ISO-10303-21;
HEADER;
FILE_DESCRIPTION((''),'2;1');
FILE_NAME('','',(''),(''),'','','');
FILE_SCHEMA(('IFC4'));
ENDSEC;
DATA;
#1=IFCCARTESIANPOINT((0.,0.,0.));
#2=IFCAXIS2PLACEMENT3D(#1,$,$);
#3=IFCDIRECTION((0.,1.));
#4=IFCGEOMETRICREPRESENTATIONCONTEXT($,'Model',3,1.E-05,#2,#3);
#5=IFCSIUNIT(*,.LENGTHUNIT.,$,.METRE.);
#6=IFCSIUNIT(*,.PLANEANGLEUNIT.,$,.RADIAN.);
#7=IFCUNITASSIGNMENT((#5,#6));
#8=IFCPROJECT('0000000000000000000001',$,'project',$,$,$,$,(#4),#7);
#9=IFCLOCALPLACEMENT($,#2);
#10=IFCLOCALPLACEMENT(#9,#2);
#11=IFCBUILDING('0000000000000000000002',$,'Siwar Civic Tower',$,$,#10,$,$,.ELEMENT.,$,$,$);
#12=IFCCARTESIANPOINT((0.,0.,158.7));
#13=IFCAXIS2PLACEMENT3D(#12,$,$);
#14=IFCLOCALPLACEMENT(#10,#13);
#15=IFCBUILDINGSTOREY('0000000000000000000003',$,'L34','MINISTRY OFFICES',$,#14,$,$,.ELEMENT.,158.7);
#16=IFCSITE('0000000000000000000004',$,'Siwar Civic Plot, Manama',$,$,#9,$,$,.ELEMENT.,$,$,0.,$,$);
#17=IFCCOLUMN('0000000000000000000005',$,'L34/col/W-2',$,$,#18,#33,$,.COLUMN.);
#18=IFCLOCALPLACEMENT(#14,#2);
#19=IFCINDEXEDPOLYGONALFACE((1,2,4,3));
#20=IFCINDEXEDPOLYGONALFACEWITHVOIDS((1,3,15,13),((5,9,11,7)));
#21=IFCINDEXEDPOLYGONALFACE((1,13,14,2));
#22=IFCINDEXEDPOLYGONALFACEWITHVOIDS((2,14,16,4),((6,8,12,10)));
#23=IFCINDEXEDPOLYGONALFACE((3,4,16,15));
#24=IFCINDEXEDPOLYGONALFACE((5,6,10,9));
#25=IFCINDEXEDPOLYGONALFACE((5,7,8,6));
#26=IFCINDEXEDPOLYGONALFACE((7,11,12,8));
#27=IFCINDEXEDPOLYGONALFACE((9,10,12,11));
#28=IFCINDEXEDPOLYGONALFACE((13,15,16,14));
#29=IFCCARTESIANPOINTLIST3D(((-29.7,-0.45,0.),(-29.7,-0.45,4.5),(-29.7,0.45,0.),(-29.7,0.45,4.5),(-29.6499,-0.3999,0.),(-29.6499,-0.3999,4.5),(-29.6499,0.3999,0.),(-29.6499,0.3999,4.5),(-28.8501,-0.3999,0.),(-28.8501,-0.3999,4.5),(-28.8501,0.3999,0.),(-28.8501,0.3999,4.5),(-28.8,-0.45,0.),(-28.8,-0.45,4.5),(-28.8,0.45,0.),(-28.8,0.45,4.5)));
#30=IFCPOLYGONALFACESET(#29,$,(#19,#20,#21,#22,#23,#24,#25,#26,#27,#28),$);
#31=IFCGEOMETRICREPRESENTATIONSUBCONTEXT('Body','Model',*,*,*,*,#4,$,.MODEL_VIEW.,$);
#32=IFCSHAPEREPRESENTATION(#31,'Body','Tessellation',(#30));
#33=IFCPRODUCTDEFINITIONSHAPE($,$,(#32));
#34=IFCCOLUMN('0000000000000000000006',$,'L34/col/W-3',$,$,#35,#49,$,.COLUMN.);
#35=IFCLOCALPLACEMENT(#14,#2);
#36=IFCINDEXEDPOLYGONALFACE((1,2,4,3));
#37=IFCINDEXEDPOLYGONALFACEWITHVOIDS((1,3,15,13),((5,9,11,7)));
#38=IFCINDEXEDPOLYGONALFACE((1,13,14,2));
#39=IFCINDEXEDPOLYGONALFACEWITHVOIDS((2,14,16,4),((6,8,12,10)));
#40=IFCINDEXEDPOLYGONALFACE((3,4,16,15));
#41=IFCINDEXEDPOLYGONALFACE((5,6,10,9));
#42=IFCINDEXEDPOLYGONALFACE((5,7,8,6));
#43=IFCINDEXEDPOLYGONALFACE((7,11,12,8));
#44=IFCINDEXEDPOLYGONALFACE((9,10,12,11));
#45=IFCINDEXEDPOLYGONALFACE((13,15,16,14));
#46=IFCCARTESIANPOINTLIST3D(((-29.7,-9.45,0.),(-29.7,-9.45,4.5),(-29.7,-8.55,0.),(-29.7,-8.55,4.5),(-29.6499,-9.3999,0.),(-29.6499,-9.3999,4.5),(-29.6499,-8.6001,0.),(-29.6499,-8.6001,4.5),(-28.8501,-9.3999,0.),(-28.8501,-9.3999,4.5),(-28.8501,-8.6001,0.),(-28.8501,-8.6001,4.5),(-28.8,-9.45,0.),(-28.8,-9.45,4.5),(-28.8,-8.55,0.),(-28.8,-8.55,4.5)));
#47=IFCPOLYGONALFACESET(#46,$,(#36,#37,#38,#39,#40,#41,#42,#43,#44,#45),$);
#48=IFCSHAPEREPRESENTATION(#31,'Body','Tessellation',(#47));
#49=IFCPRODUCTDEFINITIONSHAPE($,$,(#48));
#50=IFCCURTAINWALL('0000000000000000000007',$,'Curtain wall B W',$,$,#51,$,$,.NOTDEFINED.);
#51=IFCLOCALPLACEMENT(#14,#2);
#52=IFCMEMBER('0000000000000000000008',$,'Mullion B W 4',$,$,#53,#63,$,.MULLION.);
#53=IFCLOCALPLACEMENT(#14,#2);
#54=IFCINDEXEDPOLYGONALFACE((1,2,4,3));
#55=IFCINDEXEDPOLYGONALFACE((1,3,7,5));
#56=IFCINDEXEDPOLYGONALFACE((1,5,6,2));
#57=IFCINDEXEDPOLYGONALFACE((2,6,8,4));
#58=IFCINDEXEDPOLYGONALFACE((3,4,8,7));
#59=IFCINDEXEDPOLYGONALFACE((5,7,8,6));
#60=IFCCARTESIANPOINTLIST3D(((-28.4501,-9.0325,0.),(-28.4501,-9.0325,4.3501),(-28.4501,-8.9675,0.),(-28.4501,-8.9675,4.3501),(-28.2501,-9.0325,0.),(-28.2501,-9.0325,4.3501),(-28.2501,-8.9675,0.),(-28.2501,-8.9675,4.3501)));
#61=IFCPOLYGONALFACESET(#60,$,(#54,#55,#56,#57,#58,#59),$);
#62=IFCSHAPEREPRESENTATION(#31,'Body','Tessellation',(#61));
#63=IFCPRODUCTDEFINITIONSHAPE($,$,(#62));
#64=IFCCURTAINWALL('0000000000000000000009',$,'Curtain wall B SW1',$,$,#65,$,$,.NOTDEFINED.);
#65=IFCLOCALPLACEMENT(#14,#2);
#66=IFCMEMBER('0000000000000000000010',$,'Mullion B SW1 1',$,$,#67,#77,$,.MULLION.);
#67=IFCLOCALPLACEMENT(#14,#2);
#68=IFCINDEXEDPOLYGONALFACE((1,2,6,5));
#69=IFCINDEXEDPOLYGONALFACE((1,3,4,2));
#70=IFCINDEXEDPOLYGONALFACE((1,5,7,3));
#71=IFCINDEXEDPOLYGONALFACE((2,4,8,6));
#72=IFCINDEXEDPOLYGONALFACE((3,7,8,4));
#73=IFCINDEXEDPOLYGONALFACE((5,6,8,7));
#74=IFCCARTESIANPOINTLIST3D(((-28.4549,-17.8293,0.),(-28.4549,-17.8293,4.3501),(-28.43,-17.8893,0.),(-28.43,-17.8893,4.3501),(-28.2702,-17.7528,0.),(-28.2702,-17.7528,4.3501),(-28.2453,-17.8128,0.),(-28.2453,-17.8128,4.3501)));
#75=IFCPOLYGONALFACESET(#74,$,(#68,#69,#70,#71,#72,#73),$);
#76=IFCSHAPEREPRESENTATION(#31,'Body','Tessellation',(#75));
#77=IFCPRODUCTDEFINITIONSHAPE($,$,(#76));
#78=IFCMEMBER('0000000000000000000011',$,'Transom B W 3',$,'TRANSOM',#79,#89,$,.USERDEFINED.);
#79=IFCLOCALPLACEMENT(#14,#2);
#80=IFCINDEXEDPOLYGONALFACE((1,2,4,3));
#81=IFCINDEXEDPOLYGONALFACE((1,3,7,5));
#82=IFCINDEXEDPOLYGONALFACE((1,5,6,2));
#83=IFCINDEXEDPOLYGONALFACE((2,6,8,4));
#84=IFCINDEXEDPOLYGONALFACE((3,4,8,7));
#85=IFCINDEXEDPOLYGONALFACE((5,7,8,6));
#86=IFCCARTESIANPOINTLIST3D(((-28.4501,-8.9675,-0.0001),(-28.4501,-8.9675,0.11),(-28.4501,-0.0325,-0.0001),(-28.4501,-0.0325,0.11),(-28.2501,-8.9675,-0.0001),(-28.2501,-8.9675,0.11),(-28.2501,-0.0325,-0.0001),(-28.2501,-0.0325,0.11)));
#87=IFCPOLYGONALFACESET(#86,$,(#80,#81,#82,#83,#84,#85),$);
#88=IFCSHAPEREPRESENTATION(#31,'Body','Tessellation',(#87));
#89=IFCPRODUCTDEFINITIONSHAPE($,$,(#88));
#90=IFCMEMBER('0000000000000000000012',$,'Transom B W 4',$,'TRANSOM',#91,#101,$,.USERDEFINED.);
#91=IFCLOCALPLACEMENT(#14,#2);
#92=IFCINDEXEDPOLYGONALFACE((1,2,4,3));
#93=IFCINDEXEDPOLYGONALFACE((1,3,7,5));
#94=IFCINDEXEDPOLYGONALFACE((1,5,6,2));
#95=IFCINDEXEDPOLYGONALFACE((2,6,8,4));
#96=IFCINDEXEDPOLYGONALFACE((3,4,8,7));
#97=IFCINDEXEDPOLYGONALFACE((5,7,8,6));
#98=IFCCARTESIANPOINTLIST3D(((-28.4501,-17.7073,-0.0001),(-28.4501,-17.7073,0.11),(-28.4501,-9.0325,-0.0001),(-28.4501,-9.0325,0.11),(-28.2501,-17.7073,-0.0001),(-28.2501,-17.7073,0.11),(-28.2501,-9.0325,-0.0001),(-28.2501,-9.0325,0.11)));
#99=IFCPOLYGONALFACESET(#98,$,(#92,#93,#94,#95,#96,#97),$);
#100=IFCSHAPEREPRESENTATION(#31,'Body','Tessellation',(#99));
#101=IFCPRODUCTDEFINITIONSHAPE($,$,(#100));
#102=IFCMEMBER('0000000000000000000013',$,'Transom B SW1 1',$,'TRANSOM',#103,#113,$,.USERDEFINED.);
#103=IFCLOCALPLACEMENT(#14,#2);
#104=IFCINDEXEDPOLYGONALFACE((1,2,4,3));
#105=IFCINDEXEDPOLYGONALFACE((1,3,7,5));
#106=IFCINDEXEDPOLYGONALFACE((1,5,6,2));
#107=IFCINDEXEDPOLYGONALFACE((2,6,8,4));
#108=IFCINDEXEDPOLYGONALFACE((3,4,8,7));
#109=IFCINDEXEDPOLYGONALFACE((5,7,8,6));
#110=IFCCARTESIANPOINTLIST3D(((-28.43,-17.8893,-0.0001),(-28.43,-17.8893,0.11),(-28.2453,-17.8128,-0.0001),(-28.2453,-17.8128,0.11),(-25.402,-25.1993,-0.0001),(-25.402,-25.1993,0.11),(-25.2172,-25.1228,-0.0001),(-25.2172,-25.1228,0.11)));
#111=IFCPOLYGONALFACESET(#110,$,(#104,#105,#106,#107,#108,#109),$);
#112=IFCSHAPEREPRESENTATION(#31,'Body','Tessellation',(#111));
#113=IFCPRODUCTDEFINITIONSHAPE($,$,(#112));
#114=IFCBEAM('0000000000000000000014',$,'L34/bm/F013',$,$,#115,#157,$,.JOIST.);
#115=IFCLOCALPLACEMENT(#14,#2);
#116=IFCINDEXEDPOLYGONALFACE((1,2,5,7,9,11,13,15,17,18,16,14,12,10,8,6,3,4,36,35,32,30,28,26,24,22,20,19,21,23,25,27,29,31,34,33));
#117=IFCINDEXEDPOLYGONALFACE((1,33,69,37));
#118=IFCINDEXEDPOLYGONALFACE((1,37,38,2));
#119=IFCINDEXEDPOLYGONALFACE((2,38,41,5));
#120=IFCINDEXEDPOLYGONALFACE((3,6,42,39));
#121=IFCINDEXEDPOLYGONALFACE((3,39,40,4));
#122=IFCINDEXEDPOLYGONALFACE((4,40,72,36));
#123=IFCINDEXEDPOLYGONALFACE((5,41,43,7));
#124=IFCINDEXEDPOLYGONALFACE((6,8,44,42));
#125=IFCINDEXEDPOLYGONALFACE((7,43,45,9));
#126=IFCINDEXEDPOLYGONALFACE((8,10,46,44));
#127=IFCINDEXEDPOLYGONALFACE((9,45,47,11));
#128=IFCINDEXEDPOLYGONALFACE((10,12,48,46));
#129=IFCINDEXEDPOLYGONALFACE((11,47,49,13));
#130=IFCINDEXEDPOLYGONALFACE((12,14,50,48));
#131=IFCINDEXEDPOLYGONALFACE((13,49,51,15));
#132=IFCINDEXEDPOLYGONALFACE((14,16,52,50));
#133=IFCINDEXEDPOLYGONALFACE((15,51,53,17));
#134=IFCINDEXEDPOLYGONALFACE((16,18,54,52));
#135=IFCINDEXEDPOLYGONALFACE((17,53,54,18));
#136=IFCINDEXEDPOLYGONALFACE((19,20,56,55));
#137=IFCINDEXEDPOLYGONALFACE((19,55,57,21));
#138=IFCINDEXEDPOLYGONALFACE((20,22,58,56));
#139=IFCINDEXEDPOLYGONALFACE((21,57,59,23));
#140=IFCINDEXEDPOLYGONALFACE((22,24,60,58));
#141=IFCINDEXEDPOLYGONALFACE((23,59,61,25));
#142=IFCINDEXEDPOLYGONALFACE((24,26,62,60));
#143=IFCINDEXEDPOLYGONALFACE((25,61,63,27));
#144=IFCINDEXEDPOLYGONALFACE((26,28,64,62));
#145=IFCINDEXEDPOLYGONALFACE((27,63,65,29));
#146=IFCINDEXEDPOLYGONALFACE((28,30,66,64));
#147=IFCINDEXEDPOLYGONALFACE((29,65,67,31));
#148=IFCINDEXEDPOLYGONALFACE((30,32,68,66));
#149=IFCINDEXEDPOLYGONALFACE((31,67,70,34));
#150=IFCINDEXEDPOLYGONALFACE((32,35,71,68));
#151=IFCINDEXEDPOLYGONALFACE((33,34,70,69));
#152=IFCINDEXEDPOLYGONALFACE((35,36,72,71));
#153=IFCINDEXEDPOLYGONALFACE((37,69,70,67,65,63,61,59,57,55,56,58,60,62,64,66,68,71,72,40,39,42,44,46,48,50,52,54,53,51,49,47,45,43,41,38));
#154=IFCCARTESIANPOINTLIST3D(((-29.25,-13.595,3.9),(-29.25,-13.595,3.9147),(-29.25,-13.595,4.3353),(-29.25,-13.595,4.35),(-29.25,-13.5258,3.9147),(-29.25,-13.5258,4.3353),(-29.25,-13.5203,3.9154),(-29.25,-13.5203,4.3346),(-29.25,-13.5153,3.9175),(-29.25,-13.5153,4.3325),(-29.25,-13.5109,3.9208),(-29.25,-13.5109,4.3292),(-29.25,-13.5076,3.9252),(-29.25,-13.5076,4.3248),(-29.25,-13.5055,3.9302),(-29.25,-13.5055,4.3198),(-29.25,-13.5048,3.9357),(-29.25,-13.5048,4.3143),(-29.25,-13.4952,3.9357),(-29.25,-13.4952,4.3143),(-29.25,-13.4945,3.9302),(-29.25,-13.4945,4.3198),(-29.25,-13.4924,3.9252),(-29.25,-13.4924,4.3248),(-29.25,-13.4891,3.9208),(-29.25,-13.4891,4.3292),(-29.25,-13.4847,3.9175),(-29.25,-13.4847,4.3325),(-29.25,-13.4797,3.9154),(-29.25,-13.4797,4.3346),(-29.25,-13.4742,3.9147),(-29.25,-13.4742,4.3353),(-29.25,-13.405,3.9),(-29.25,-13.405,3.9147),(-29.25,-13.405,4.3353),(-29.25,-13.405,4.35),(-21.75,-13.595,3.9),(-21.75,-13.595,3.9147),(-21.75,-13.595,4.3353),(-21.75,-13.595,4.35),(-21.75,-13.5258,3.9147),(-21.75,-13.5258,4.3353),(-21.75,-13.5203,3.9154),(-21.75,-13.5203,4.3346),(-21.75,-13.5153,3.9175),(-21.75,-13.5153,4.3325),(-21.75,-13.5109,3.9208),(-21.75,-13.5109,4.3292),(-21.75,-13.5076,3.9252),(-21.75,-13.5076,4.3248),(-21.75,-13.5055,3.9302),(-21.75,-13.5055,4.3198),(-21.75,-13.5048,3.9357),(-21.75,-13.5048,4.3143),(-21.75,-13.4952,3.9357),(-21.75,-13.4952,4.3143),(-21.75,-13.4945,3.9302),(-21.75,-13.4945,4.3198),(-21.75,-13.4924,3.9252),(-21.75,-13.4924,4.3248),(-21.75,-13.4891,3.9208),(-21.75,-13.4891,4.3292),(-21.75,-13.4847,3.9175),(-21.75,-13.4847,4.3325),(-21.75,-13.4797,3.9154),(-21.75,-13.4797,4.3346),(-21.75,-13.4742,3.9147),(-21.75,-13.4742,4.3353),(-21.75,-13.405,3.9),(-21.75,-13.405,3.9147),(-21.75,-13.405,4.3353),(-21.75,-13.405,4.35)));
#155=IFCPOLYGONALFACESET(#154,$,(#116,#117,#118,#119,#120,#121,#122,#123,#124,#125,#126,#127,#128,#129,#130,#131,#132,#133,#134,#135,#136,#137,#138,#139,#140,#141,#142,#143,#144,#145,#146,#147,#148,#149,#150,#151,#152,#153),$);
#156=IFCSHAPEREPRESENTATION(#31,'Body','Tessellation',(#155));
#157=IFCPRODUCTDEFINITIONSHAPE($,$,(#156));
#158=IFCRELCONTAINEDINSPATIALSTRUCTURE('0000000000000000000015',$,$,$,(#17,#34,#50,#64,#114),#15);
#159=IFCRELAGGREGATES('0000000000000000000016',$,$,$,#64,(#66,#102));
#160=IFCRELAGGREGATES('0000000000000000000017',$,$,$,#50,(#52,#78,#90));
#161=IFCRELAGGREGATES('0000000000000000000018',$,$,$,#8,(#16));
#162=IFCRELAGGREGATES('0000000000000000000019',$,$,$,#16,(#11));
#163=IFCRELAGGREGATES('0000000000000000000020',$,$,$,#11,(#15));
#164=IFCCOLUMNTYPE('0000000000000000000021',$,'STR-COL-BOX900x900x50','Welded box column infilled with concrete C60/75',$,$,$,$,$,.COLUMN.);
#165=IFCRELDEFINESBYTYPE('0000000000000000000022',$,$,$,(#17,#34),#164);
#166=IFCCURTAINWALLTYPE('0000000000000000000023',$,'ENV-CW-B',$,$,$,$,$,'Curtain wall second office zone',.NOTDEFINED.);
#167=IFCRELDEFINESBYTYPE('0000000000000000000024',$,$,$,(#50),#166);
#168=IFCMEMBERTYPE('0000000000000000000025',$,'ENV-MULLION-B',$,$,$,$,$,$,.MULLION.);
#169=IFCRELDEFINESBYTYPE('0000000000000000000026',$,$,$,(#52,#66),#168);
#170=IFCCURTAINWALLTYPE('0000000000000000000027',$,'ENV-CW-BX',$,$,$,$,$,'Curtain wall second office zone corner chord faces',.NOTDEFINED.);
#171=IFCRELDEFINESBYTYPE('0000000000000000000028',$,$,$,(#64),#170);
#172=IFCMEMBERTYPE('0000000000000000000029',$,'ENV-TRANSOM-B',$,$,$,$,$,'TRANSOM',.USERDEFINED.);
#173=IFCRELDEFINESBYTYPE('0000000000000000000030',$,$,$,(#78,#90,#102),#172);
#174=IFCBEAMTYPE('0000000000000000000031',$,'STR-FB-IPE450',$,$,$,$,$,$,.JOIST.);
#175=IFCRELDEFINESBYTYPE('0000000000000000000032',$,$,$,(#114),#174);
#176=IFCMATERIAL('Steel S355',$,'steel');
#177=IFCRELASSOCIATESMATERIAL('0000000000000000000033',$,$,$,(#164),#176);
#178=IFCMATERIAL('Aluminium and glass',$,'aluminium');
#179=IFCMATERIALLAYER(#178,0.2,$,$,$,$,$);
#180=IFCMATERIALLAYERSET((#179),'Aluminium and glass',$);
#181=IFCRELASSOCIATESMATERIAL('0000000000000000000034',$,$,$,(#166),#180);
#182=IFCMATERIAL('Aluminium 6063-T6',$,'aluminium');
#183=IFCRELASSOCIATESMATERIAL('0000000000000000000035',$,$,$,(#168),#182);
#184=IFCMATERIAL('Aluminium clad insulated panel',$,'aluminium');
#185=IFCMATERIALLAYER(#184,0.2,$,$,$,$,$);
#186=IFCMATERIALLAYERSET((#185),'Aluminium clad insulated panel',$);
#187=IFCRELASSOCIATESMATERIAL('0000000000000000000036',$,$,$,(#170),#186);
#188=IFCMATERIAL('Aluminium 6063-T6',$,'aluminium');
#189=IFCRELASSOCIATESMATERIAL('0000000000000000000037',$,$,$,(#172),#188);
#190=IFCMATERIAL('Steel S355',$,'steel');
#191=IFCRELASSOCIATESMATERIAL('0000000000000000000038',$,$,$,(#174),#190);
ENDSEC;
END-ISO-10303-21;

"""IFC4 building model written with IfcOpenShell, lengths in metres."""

from ifc_helpers import new_model, si_unit, direction, frame, origin, origin_2d, place, context, subcontext, project, spatial, rectangle, hollow_rectangle, i_section, extrude, material, layer, layer_set, material_profile, profile_set, type_object, element, aggregate, save


model = new_model("IFC4")

# Units and contexts
model_context = context("Model", 3, precision=1e-05, world=origin(), true_north=direction((0.0, 1.0)))
body_context = subcontext(model_context, "Body", "Model", "MODEL_VIEW")
ifc_project = project(units=[si_unit("LENGTHUNIT", "METRE"), si_unit("PLANEANGLEUNIT", "RADIAN")], contexts=[model_context])

# Site, building, storey
site_placement = place(None, origin())
site = spatial("IfcSite", under=ifc_project, at=site_placement, Name="Siwar Civic Plot, Manama", CompositionType="ELEMENT", RefElevation=0.0)
building_placement = place(site_placement, origin())
building = spatial("IfcBuilding", under=site, at=building_placement, Name="Siwar Civic Tower", CompositionType="ELEMENT")
storey_placement = place(building_placement, frame((0.0, 0.0, 158.7)))
storey = spatial("IfcBuildingStorey", under=building, at=storey_placement, Name="L34", Description="MINISTRY OFFICES", CompositionType="ELEMENT", Elevation=158.7)

# Columns
ifc_material_1 = material(Name="Steel S355", Category="steel")
ifc_material_profile_1 = material_profile(ifc_material_1, hollow_rectangle(XDim=0.8999, YDim=0.8999, WallThickness=0.05, at=origin_2d()), Name="BOX900x900x50")
ifc_profile_set_1 = profile_set([ifc_material_profile_1], Name="Steel S355")
column_type = type_object("IfcColumnType", Name="STR-COL-BOX900x900x50", Description="Welded box column infilled with concrete C60/75", PredefinedType="COLUMN", material=ifc_profile_set_1)
for number, where, z_axis, x_axis, name in (
    (1, (-29.25, 0.0, 0.0), (0.0, 0.0, 1.0), (1.0, 0.0, 0.0), "L34/col/W-2"),
    (2, (-29.25, -9.0, 0.0), (0.0, 0.0, 1.0), (1.0, 0.0, 0.0), "L34/col/W-3"),
):
    element("IfcColumn", number, at=place(storey_placement, frame(where, z_axis=z_axis, x_axis=x_axis)), inside=storey, type_object=column_type, Name=name, PredefinedType="COLUMN", context=body_context, shape_type="SweptSolid", body=[
        extrude(hollow_rectangle(XDim=0.8999, YDim=0.8999, WallThickness=0.05, at=origin_2d()), origin(), (0.0, 0.0, 1.0), 4.5),
    ])

# Curtain walls, members
ifc_material_2 = material(Name="Aluminium and glass", Category="aluminium")
ifc_layer_1 = layer(ifc_material_2, 0.2)
ifc_layer_set_1 = layer_set([ifc_layer_1], Name="Aluminium and glass")
curtain_wall_type_1 = type_object("IfcCurtainWallType", Name="ENV-CW-B", ElementType="Curtain wall second office zone", PredefinedType="NOTDEFINED", material=ifc_layer_set_1)
curtain_wall_1_placement = place(storey_placement, origin())
curtain_wall_1 = element("IfcCurtainWall", 3, at=curtain_wall_1_placement, inside=storey, type_object=curtain_wall_type_1, Name="Curtain wall B W", PredefinedType="NOTDEFINED")
ifc_material_3 = material(Name="Aluminium 6063-T6", Category="aluminium")
ifc_material_profile_2 = material_profile(ifc_material_3, rectangle(XDim=0.2, YDim=0.0649, at=origin_2d()), Name="AL 200x65")
ifc_profile_set_2 = profile_set([ifc_material_profile_2], Name="Aluminium 6063-T6")
member_type_1 = type_object("IfcMemberType", Name="ENV-MULLION-B", PredefinedType="MULLION", material=ifc_profile_set_2)
member_1_placement = place(storey_placement, frame((-28.3501, -9.0, 0.0), z_axis=(0.0, 0.0, 1.0), x_axis=(1.0, 0.0, 0.0)))
member_1 = element("IfcMember", 4, at=member_1_placement, type_object=member_type_1, Name="Mullion B W 4", PredefinedType="MULLION", context=body_context, shape_type="SweptSolid", body=[
    extrude(rectangle(XDim=0.2, YDim=0.0649, at=origin_2d()), origin(), (0.0, 0.0, 1.0), 4.3501),
])
ifc_material_4 = material(Name="Aluminium clad insulated panel", Category="aluminium")
ifc_layer_2 = layer(ifc_material_4, 0.2)
ifc_layer_set_2 = layer_set([ifc_layer_2], Name="Aluminium clad insulated panel")
curtain_wall_type_2 = type_object("IfcCurtainWallType", Name="ENV-CW-BX", ElementType="Curtain wall second office zone corner chord faces", PredefinedType="NOTDEFINED", material=ifc_layer_set_2)
curtain_wall_2_placement = place(storey_placement, origin())
curtain_wall_2 = element("IfcCurtainWall", 5, at=curtain_wall_2_placement, inside=storey, type_object=curtain_wall_type_2, Name="Curtain wall B SW1", PredefinedType="NOTDEFINED")
member_2_placement = place(storey_placement, frame((-28.3501, -17.821, 0.0), z_axis=(0.0, 0.0, 1.0), x_axis=(0.92388, 0.382683, 0.0)))
member_2 = element("IfcMember", 6, at=member_2_placement, type_object=member_type_1, Name="Mullion B SW1 1", PredefinedType="MULLION", context=body_context, shape_type="SweptSolid", body=[
    extrude(rectangle(XDim=0.2, YDim=0.0649, at=origin_2d()), origin(), (0.0, 0.0, 1.0), 4.3501),
])

# Members
ifc_material_5 = material(Name="Aluminium 6063-T6", Category="aluminium")
ifc_material_profile_3 = material_profile(ifc_material_5, rectangle(XDim=0.2, YDim=0.1101, at=origin_2d()), Name="AL 200x110")
ifc_profile_set_3 = profile_set([ifc_material_profile_3], Name="Aluminium 6063-T6")
member_type_2 = type_object("IfcMemberType", Name="ENV-TRANSOM-B", ElementType="TRANSOM", PredefinedType="USERDEFINED", material=ifc_profile_set_3)
member_3_placement = place(storey_placement, frame((-28.3501, -0.0325, 0.0549), z_axis=(0.0, -1.0, 0.0), x_axis=(1.0, 0.0, 0.0)))
member_3 = element("IfcMember", 7, at=member_3_placement, type_object=member_type_2, Name="Transom B W 3", ObjectType="TRANSOM", PredefinedType="USERDEFINED", context=body_context, shape_type="SweptSolid", body=[
    extrude(rectangle(XDim=0.2, YDim=0.1101, at=origin_2d()), origin(), (0.0, 0.0, 1.0), 8.9351),
])
member_4_placement = place(storey_placement, frame((-28.3501, -9.0325, 0.0549), z_axis=(0.0, -1.0, 0.0), x_axis=(1.0, 0.0, 0.0)))
member_4 = element("IfcMember", 8, at=member_4_placement, type_object=member_type_2, Name="Transom B W 4", ObjectType="TRANSOM", PredefinedType="USERDEFINED", context=body_context, shape_type="SweptSolid", body=[
    extrude(rectangle(XDim=0.2, YDim=0.1101, at=origin_2d()), origin(), (0.0, 0.0, 1.0), 8.6748),
])
member_5_placement = place(storey_placement, frame((-28.3376, -17.8511, 0.0549), z_axis=(0.3827, -0.923873, 0.0), x_axis=(0.923873, 0.3827, 0.0)))
member_5 = element("IfcMember", 9, at=member_5_placement, type_object=member_type_2, Name="Transom B SW1 1", ObjectType="TRANSOM", PredefinedType="USERDEFINED", context=body_context, shape_type="SweptSolid", body=[
    extrude(rectangle(XDim=0.2, YDim=0.1101, at=origin_2d()), origin(), (0.0, 0.0, 1.0), 7.9124),
])
aggregate(curtain_wall_2, [member_2, member_5])

# Beam
ifc_material_6 = material(Name="Steel S355", Category="steel")
ifc_material_profile_4 = material_profile(ifc_material_6, i_section(OverallWidth=0.1899, OverallDepth=0.45, WebThickness=0.0095, FlangeThickness=0.0146, FilletRadius=0.021, at=origin_2d()), Name="IPE450")
ifc_profile_set_4 = profile_set([ifc_material_profile_4], Name="Steel S355")
beam_type_1 = type_object("IfcBeamType", Name="STR-FB-IPE450", PredefinedType="JOIST", material=ifc_profile_set_4)
beam_1_placement = place(storey_placement, frame((-29.25, -13.5, 4.125), z_axis=(1.0, 0.0, 0.0), x_axis=(0.0, 1.0, 0.0)))
element("IfcBeam", 10, at=beam_1_placement, inside=storey, type_object=beam_type_1, Name="L34/bm/F013", PredefinedType="JOIST", context=body_context, shape_type="SweptSolid", body=[
    extrude(i_section(OverallWidth=0.1899, OverallDepth=0.45, WebThickness=0.0095, FlangeThickness=0.0146, FilletRadius=0.021, at=origin_2d()), origin(), (0.0, 0.0, 1.0), 7.5),
])

aggregate(curtain_wall_1, [member_1, member_3, member_4])

save(model, "model.ifc")
